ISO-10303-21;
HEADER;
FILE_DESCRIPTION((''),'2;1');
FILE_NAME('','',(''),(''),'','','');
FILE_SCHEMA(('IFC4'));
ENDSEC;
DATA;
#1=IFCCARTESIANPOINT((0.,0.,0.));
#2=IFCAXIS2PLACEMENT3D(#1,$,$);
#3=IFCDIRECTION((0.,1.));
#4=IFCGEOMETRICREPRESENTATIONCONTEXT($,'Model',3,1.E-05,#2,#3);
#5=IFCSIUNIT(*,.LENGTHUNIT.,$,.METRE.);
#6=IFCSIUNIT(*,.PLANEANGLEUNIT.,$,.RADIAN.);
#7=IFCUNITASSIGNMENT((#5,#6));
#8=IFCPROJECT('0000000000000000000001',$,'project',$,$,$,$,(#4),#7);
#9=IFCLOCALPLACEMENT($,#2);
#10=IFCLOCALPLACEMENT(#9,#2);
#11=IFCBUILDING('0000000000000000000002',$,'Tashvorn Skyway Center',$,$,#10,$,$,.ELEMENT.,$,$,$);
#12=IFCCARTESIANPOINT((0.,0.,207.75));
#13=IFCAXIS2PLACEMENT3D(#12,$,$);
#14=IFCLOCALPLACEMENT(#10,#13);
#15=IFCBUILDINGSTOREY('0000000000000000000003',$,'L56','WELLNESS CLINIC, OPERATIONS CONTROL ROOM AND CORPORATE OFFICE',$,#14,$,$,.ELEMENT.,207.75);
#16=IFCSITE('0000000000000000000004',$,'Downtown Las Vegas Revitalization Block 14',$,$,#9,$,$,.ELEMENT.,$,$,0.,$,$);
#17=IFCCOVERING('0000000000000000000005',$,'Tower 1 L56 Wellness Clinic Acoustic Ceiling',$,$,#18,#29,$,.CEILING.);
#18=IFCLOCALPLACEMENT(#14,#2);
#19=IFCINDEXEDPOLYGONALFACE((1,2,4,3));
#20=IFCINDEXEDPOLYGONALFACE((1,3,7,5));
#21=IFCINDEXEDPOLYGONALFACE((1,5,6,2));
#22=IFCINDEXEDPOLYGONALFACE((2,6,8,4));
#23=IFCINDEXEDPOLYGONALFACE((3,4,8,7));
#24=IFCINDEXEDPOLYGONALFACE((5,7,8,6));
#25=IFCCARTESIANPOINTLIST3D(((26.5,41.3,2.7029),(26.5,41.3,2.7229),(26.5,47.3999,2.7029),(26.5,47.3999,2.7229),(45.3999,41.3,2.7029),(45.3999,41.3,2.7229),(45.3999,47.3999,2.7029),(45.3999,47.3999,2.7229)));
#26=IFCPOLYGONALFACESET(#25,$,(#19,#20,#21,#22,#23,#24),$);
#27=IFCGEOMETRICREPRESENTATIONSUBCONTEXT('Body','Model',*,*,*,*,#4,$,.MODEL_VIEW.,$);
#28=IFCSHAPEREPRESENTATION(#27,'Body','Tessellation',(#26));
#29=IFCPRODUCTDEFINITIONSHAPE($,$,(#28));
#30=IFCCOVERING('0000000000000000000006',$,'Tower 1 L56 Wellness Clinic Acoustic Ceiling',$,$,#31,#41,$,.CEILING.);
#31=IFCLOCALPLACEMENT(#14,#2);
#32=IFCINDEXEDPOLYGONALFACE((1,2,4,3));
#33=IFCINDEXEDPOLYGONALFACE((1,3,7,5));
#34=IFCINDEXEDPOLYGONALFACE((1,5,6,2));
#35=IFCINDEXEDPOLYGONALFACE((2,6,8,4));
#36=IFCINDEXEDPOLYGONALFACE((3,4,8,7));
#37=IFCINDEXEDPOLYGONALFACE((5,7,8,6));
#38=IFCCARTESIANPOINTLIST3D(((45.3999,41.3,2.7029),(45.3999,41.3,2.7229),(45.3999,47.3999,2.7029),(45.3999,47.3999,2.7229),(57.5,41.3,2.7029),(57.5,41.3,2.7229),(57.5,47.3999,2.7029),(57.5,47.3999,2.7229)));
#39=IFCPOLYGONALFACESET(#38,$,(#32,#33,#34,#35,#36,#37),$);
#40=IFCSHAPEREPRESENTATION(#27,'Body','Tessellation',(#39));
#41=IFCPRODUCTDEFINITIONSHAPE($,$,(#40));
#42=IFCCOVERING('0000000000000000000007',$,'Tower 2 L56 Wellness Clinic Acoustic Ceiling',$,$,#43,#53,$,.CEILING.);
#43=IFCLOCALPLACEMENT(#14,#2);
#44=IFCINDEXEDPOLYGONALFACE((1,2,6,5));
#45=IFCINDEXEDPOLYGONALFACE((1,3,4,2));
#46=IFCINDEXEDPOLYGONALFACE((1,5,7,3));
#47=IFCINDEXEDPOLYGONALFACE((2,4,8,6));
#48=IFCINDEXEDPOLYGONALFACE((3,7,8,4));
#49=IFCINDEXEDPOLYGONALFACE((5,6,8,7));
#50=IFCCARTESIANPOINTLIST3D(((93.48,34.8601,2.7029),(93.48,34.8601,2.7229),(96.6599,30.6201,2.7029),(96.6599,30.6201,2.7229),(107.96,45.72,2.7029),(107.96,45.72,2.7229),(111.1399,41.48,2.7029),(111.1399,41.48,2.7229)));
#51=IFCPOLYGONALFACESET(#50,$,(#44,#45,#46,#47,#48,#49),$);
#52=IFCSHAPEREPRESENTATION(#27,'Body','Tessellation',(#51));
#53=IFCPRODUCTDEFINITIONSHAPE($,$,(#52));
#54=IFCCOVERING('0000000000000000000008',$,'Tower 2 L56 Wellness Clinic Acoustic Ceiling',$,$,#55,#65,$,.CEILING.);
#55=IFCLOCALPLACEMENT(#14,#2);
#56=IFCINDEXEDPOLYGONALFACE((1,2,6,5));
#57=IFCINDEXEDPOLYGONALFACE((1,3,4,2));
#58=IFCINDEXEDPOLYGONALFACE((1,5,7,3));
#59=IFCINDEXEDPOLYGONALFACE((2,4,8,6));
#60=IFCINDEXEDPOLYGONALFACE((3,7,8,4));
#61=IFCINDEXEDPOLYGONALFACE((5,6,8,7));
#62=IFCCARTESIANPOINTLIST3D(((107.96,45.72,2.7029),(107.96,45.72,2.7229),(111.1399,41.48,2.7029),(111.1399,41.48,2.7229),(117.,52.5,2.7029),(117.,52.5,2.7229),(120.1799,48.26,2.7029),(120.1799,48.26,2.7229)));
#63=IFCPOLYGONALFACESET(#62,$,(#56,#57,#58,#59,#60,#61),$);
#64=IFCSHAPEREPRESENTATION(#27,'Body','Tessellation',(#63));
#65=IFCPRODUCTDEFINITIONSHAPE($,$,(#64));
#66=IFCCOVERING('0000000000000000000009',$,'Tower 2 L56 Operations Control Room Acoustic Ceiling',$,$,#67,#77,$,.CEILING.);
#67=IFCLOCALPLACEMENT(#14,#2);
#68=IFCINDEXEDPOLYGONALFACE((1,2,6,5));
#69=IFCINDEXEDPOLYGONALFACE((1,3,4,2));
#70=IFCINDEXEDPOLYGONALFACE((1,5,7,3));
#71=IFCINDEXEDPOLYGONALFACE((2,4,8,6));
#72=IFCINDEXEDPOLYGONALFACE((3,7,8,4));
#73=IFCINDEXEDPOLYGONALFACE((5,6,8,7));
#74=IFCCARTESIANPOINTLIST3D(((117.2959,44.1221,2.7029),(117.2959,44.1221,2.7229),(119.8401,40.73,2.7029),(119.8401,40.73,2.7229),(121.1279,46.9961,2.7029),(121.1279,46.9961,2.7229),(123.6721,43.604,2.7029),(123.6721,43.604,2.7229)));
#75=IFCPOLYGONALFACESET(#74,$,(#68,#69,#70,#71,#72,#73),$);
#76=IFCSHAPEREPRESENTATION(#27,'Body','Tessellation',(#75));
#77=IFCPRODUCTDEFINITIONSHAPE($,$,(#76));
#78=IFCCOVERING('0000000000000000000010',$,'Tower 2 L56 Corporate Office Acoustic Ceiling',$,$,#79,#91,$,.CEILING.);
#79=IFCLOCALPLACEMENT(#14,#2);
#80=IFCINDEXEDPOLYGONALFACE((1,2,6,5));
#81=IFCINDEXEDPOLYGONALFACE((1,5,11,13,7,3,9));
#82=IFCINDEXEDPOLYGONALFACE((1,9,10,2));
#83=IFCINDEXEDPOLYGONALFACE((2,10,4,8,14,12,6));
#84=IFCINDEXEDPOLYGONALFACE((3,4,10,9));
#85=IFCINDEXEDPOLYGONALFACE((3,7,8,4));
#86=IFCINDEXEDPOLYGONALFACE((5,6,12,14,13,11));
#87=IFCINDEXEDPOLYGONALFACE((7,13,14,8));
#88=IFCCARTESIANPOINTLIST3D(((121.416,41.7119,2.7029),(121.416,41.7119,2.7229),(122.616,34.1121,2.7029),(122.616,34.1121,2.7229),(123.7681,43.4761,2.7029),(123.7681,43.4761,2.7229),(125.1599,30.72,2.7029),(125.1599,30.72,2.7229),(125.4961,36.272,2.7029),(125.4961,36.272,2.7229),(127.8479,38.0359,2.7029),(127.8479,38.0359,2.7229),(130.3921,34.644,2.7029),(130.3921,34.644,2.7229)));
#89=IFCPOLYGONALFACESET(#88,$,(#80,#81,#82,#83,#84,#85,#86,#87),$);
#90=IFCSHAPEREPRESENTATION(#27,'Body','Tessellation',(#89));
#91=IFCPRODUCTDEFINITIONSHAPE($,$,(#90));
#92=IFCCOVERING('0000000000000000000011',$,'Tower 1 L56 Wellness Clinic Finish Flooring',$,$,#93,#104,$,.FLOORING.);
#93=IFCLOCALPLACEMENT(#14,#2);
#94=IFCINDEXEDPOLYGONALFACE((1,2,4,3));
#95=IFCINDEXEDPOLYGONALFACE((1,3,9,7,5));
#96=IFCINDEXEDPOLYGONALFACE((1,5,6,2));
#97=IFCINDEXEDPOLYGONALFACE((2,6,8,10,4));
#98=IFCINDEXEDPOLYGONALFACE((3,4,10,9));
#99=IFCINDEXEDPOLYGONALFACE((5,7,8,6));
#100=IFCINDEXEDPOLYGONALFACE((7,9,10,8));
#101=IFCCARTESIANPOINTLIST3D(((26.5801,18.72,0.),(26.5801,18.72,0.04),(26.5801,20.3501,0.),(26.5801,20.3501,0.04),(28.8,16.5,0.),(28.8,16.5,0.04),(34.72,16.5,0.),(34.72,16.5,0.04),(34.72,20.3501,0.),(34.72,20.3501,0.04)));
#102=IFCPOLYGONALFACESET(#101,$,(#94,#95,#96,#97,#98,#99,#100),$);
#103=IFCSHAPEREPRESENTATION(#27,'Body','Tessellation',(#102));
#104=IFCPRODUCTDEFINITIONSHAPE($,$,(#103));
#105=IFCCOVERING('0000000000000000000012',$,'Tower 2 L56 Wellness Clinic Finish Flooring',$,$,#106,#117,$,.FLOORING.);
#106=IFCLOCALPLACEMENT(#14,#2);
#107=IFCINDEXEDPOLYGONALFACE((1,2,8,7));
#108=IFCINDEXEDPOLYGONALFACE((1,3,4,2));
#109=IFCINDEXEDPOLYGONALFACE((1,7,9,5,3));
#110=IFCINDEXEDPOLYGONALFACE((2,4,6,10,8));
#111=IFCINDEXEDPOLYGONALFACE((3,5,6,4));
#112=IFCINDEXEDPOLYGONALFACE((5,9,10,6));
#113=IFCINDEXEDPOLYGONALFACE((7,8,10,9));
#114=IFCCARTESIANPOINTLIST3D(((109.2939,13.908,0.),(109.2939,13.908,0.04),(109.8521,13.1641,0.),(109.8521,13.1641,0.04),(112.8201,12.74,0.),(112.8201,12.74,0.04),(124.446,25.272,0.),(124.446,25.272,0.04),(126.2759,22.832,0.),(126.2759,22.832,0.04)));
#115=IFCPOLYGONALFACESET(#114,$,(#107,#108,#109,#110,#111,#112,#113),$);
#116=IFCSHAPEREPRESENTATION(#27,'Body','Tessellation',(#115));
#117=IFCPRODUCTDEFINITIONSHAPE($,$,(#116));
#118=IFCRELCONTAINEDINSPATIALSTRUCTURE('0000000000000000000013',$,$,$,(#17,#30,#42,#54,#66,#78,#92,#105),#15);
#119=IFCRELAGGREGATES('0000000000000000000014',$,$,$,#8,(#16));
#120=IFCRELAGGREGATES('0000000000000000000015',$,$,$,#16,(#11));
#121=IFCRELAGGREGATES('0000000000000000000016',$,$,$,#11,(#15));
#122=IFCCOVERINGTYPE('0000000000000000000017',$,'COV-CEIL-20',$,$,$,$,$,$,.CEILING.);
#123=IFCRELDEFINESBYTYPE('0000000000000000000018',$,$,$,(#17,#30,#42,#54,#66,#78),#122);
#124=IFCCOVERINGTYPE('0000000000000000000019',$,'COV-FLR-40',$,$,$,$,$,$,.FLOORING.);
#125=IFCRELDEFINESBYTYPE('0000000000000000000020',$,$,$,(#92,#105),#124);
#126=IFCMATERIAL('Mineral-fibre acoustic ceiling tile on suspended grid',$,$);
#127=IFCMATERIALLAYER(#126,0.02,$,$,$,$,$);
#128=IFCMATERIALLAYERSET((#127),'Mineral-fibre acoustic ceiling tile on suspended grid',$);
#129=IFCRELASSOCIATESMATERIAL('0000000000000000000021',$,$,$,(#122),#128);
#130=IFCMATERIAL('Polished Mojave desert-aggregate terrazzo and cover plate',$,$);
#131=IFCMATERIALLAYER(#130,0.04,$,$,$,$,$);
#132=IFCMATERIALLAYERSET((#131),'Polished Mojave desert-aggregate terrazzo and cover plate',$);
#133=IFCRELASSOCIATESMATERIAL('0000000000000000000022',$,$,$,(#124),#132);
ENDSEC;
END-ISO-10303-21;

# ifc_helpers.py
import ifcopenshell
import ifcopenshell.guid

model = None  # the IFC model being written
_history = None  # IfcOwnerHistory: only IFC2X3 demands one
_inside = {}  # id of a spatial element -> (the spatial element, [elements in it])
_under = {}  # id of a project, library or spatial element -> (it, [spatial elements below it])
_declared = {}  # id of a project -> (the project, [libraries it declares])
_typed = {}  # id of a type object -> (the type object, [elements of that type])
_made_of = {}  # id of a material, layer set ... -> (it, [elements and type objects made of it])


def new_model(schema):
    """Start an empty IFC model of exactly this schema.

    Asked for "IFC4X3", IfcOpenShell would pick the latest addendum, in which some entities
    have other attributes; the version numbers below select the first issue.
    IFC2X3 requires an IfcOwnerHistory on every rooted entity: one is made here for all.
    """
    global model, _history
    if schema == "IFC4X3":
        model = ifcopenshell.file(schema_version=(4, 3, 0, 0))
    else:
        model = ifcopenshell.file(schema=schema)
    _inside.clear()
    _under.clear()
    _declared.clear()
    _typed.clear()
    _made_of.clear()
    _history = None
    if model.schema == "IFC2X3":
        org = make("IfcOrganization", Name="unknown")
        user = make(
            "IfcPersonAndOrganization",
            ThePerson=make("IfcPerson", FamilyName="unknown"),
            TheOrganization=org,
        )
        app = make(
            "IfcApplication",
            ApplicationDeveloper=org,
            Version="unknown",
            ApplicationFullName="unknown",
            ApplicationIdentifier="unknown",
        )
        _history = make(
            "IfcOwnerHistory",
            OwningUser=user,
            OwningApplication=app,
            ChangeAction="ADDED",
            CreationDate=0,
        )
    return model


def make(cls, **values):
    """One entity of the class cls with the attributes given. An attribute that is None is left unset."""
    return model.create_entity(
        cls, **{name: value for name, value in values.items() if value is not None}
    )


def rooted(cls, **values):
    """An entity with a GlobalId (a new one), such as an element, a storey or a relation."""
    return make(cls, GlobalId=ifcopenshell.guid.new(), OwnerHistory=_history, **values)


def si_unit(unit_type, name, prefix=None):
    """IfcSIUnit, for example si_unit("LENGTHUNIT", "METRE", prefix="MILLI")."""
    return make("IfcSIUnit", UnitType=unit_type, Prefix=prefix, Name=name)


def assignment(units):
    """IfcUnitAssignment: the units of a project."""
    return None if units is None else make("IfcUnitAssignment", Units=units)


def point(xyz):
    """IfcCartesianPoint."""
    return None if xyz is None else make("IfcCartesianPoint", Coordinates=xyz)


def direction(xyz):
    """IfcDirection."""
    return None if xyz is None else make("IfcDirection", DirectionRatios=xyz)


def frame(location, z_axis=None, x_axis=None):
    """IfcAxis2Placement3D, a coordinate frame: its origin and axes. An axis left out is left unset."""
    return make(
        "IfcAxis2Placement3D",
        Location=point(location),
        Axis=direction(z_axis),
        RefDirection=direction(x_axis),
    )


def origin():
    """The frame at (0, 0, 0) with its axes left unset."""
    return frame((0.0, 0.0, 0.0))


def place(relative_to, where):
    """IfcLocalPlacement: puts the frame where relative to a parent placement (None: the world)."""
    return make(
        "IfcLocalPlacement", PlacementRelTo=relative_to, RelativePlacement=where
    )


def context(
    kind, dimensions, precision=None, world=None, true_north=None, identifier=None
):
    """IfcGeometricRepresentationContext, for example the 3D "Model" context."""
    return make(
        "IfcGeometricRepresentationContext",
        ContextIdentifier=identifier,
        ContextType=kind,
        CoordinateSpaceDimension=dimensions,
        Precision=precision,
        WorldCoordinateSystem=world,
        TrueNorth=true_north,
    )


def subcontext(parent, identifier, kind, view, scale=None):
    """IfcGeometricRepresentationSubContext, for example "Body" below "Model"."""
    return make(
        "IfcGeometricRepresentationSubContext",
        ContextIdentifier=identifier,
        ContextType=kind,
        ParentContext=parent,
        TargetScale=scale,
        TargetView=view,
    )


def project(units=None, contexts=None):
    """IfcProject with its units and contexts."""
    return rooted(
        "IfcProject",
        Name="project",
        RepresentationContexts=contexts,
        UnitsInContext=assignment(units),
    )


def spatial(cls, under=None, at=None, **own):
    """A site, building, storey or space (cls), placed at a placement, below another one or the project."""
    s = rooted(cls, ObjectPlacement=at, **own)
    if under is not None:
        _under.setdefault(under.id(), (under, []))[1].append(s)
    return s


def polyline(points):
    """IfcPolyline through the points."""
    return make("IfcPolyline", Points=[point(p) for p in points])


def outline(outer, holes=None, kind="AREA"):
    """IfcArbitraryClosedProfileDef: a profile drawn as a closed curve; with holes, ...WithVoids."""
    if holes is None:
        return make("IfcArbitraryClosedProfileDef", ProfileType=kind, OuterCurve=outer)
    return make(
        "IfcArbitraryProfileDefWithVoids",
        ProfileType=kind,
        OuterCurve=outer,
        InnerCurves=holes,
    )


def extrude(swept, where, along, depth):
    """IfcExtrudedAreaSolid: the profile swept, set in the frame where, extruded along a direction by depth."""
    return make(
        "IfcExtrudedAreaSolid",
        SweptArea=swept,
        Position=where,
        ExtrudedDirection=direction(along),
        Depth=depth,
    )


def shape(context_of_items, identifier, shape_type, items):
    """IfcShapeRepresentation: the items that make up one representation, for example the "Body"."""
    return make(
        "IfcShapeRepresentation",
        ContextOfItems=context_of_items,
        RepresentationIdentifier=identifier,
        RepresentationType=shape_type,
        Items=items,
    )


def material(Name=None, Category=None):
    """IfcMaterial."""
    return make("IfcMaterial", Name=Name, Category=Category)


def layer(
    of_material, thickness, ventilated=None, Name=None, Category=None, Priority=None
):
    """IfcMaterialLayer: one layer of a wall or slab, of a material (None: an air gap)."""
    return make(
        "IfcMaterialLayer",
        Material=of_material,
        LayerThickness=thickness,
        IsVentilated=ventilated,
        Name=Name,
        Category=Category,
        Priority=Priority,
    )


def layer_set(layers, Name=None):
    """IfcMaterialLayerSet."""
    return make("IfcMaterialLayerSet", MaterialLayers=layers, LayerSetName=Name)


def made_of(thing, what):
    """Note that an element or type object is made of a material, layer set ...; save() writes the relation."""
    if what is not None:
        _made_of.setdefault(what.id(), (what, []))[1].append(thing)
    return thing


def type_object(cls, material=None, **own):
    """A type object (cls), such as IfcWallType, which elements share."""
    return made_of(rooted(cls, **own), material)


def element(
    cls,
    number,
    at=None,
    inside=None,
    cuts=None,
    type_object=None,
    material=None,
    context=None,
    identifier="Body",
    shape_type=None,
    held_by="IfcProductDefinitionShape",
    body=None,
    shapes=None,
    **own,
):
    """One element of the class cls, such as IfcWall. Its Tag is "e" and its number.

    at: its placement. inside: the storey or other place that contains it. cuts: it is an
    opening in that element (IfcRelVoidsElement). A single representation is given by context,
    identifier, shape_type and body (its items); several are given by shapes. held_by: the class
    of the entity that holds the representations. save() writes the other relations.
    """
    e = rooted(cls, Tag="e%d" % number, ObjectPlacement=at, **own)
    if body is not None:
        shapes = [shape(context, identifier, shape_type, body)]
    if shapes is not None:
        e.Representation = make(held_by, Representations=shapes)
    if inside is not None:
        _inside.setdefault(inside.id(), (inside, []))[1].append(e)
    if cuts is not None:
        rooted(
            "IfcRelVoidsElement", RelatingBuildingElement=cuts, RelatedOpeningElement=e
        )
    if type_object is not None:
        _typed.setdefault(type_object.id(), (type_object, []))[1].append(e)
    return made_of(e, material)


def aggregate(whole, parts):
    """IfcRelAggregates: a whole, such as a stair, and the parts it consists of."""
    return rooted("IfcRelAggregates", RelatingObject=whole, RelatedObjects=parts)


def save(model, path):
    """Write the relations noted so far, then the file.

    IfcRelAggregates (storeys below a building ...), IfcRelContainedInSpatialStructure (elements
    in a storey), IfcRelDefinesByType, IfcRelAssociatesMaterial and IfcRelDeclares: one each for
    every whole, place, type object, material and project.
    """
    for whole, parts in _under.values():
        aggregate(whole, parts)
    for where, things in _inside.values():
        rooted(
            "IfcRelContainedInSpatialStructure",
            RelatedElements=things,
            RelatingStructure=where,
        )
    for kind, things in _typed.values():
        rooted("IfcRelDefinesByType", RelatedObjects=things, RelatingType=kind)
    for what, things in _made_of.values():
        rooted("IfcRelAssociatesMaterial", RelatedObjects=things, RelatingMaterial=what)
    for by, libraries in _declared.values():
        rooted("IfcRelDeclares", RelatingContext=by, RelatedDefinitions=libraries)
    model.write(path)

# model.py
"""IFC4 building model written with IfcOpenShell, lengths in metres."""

from ifc_helpers import new_model, si_unit, direction, frame, origin, place, context, subcontext, project, spatial, polyline, outline, extrude, material, layer, layer_set, type_object, element, save


model = new_model("IFC4")

# Units and contexts
model_context = context("Model", 3, precision=1e-05, world=origin(), true_north=direction((0.0, 1.0)))
body_context = subcontext(model_context, "Body", "Model", "MODEL_VIEW")
ifc_project = project(units=[si_unit("LENGTHUNIT", "METRE"), si_unit("PLANEANGLEUNIT", "RADIAN")], contexts=[model_context])

# Site, building, storey
site_placement = place(None, origin())
site = spatial("IfcSite", under=ifc_project, at=site_placement, Name="Downtown Las Vegas Revitalization Block 14", CompositionType="ELEMENT", RefElevation=0.0)
building_placement = place(site_placement, origin())
building = spatial("IfcBuilding", under=site, at=building_placement, Name="Tashvorn Skyway Center", CompositionType="ELEMENT")
storey_placement = place(building_placement, frame((0.0, 0.0, 207.75)))
storey = spatial("IfcBuildingStorey", under=building, at=storey_placement, Name="L56", Description="WELLNESS CLINIC, OPERATIONS CONTROL ROOM AND CORPORATE OFFICE", CompositionType="ELEMENT", Elevation=207.75)

# Coverings
ifc_material_1 = material(Name="Mineral-fibre acoustic ceiling tile on suspended grid")
ifc_layer_1 = layer(ifc_material_1, 0.02)
ifc_layer_set_1 = layer_set([ifc_layer_1], Name="Mineral-fibre acoustic ceiling tile on suspended grid")
covering_type_1 = type_object("IfcCoveringType", Name="COV-CEIL-20", PredefinedType="CEILING", material=ifc_layer_set_1)
covering_1_placement = place(storey_placement, frame((0.0, 0.0, 2.7029)))
element("IfcCovering", 1, at=covering_1_placement, inside=storey, type_object=covering_type_1, Name="Tower 1 L56 Wellness Clinic Acoustic Ceiling", PredefinedType="CEILING", context=body_context, shape_type="SweptSolid", body=[
    extrude(outline(polyline([(26.5, 41.3), (45.3999, 41.3), (45.3999, 47.3999), (26.5, 47.3999), (26.5, 41.3)])), origin(), (0.0, 0.0, 1.0), 0.02),
])
covering_2_placement = place(storey_placement, frame((0.0, 0.0, 2.7029)))
element("IfcCovering", 2, at=covering_2_placement, inside=storey, type_object=covering_type_1, Name="Tower 1 L56 Wellness Clinic Acoustic Ceiling", PredefinedType="CEILING", context=body_context, shape_type="SweptSolid", body=[
    extrude(outline(polyline([(45.3999, 41.3), (57.5, 41.3), (57.5, 47.3999), (45.3999, 47.3999), (45.3999, 41.3)])), origin(), (0.0, 0.0, 1.0), 0.02),
])
covering_3_placement = place(storey_placement, frame((0.0, 0.0, 2.7029)))
element("IfcCovering", 3, at=covering_3_placement, inside=storey, type_object=covering_type_1, Name="Tower 2 L56 Wellness Clinic Acoustic Ceiling", PredefinedType="CEILING", context=body_context, shape_type="SweptSolid", body=[
    extrude(outline(polyline([(96.6599, 30.6201), (111.1399, 41.48), (107.96, 45.72), (93.48, 34.8601), (96.6599, 30.6201)])), origin(), (0.0, 0.0, 1.0), 0.02),
])
covering_4_placement = place(storey_placement, frame((0.0, 0.0, 2.7029)))
element("IfcCovering", 4, at=covering_4_placement, inside=storey, type_object=covering_type_1, Name="Tower 2 L56 Wellness Clinic Acoustic Ceiling", PredefinedType="CEILING", context=body_context, shape_type="SweptSolid", body=[
    extrude(outline(polyline([(111.1399, 41.48), (120.1799, 48.26), (117.0, 52.5), (107.96, 45.72), (111.1399, 41.48)])), origin(), (0.0, 0.0, 1.0), 0.02),
])
covering_5_placement = place(storey_placement, frame((0.0, 0.0, 2.7029)))
element("IfcCovering", 5, at=covering_5_placement, inside=storey, type_object=covering_type_1, Name="Tower 2 L56 Operations Control Room Acoustic Ceiling", PredefinedType="CEILING", context=body_context, shape_type="SweptSolid", body=[
    extrude(outline(polyline([(119.8401, 40.73), (117.2959, 44.1221), (121.1279, 46.9961), (123.6721, 43.604), (119.8401, 40.73)])), origin(), (0.0, 0.0, 1.0), 0.02),
])
covering_6_placement = place(storey_placement, frame((0.0, 0.0, 2.7029)))
element("IfcCovering", 6, at=covering_6_placement, inside=storey, type_object=covering_type_1, Name="Tower 2 L56 Corporate Office Acoustic Ceiling", PredefinedType="CEILING", context=body_context, shape_type="SweptSolid", body=[
    extrude(outline(polyline([(125.1599, 30.72), (122.616, 34.1121), (125.4961, 36.272), (121.416, 41.7119), (123.7681, 43.4761), (127.8479, 38.0359), (130.3921, 34.644), (125.1599, 30.72)])), origin(), (0.0, 0.0, 1.0), 0.02),
])
ifc_material_2 = material(Name="Polished Mojave desert-aggregate terrazzo and cover plate")
ifc_layer_2 = layer(ifc_material_2, 0.04)
ifc_layer_set_2 = layer_set([ifc_layer_2], Name="Polished Mojave desert-aggregate terrazzo and cover plate")
covering_type_2 = type_object("IfcCoveringType", Name="COV-FLR-40", PredefinedType="FLOORING", material=ifc_layer_set_2)
covering_7_placement = place(storey_placement, origin())
element("IfcCovering", 7, at=covering_7_placement, inside=storey, type_object=covering_type_2, Name="Tower 1 L56 Wellness Clinic Finish Flooring", PredefinedType="FLOORING", context=body_context, shape_type="SweptSolid", body=[
    extrude(outline(polyline([(28.8, 16.5), (26.5801, 18.72), (26.5801, 20.3501), (34.72, 20.3501), (34.72, 16.5), (28.8, 16.5)])), origin(), (0.0, 0.0, 1.0), 0.04),
])
covering_8_placement = place(storey_placement, origin())
element("IfcCovering", 8, at=covering_8_placement, inside=storey, type_object=covering_type_2, Name="Tower 2 L56 Wellness Clinic Finish Flooring", PredefinedType="FLOORING", context=body_context, shape_type="SweptSolid", body=[
    extrude(outline(polyline([(112.8201, 12.74), (109.8521, 13.1641), (109.2939, 13.908), (124.446, 25.272), (126.2759, 22.832), (112.8201, 12.74)])), origin(), (0.0, 0.0, 1.0), 0.04),
])

save(model, "model.ifc")
